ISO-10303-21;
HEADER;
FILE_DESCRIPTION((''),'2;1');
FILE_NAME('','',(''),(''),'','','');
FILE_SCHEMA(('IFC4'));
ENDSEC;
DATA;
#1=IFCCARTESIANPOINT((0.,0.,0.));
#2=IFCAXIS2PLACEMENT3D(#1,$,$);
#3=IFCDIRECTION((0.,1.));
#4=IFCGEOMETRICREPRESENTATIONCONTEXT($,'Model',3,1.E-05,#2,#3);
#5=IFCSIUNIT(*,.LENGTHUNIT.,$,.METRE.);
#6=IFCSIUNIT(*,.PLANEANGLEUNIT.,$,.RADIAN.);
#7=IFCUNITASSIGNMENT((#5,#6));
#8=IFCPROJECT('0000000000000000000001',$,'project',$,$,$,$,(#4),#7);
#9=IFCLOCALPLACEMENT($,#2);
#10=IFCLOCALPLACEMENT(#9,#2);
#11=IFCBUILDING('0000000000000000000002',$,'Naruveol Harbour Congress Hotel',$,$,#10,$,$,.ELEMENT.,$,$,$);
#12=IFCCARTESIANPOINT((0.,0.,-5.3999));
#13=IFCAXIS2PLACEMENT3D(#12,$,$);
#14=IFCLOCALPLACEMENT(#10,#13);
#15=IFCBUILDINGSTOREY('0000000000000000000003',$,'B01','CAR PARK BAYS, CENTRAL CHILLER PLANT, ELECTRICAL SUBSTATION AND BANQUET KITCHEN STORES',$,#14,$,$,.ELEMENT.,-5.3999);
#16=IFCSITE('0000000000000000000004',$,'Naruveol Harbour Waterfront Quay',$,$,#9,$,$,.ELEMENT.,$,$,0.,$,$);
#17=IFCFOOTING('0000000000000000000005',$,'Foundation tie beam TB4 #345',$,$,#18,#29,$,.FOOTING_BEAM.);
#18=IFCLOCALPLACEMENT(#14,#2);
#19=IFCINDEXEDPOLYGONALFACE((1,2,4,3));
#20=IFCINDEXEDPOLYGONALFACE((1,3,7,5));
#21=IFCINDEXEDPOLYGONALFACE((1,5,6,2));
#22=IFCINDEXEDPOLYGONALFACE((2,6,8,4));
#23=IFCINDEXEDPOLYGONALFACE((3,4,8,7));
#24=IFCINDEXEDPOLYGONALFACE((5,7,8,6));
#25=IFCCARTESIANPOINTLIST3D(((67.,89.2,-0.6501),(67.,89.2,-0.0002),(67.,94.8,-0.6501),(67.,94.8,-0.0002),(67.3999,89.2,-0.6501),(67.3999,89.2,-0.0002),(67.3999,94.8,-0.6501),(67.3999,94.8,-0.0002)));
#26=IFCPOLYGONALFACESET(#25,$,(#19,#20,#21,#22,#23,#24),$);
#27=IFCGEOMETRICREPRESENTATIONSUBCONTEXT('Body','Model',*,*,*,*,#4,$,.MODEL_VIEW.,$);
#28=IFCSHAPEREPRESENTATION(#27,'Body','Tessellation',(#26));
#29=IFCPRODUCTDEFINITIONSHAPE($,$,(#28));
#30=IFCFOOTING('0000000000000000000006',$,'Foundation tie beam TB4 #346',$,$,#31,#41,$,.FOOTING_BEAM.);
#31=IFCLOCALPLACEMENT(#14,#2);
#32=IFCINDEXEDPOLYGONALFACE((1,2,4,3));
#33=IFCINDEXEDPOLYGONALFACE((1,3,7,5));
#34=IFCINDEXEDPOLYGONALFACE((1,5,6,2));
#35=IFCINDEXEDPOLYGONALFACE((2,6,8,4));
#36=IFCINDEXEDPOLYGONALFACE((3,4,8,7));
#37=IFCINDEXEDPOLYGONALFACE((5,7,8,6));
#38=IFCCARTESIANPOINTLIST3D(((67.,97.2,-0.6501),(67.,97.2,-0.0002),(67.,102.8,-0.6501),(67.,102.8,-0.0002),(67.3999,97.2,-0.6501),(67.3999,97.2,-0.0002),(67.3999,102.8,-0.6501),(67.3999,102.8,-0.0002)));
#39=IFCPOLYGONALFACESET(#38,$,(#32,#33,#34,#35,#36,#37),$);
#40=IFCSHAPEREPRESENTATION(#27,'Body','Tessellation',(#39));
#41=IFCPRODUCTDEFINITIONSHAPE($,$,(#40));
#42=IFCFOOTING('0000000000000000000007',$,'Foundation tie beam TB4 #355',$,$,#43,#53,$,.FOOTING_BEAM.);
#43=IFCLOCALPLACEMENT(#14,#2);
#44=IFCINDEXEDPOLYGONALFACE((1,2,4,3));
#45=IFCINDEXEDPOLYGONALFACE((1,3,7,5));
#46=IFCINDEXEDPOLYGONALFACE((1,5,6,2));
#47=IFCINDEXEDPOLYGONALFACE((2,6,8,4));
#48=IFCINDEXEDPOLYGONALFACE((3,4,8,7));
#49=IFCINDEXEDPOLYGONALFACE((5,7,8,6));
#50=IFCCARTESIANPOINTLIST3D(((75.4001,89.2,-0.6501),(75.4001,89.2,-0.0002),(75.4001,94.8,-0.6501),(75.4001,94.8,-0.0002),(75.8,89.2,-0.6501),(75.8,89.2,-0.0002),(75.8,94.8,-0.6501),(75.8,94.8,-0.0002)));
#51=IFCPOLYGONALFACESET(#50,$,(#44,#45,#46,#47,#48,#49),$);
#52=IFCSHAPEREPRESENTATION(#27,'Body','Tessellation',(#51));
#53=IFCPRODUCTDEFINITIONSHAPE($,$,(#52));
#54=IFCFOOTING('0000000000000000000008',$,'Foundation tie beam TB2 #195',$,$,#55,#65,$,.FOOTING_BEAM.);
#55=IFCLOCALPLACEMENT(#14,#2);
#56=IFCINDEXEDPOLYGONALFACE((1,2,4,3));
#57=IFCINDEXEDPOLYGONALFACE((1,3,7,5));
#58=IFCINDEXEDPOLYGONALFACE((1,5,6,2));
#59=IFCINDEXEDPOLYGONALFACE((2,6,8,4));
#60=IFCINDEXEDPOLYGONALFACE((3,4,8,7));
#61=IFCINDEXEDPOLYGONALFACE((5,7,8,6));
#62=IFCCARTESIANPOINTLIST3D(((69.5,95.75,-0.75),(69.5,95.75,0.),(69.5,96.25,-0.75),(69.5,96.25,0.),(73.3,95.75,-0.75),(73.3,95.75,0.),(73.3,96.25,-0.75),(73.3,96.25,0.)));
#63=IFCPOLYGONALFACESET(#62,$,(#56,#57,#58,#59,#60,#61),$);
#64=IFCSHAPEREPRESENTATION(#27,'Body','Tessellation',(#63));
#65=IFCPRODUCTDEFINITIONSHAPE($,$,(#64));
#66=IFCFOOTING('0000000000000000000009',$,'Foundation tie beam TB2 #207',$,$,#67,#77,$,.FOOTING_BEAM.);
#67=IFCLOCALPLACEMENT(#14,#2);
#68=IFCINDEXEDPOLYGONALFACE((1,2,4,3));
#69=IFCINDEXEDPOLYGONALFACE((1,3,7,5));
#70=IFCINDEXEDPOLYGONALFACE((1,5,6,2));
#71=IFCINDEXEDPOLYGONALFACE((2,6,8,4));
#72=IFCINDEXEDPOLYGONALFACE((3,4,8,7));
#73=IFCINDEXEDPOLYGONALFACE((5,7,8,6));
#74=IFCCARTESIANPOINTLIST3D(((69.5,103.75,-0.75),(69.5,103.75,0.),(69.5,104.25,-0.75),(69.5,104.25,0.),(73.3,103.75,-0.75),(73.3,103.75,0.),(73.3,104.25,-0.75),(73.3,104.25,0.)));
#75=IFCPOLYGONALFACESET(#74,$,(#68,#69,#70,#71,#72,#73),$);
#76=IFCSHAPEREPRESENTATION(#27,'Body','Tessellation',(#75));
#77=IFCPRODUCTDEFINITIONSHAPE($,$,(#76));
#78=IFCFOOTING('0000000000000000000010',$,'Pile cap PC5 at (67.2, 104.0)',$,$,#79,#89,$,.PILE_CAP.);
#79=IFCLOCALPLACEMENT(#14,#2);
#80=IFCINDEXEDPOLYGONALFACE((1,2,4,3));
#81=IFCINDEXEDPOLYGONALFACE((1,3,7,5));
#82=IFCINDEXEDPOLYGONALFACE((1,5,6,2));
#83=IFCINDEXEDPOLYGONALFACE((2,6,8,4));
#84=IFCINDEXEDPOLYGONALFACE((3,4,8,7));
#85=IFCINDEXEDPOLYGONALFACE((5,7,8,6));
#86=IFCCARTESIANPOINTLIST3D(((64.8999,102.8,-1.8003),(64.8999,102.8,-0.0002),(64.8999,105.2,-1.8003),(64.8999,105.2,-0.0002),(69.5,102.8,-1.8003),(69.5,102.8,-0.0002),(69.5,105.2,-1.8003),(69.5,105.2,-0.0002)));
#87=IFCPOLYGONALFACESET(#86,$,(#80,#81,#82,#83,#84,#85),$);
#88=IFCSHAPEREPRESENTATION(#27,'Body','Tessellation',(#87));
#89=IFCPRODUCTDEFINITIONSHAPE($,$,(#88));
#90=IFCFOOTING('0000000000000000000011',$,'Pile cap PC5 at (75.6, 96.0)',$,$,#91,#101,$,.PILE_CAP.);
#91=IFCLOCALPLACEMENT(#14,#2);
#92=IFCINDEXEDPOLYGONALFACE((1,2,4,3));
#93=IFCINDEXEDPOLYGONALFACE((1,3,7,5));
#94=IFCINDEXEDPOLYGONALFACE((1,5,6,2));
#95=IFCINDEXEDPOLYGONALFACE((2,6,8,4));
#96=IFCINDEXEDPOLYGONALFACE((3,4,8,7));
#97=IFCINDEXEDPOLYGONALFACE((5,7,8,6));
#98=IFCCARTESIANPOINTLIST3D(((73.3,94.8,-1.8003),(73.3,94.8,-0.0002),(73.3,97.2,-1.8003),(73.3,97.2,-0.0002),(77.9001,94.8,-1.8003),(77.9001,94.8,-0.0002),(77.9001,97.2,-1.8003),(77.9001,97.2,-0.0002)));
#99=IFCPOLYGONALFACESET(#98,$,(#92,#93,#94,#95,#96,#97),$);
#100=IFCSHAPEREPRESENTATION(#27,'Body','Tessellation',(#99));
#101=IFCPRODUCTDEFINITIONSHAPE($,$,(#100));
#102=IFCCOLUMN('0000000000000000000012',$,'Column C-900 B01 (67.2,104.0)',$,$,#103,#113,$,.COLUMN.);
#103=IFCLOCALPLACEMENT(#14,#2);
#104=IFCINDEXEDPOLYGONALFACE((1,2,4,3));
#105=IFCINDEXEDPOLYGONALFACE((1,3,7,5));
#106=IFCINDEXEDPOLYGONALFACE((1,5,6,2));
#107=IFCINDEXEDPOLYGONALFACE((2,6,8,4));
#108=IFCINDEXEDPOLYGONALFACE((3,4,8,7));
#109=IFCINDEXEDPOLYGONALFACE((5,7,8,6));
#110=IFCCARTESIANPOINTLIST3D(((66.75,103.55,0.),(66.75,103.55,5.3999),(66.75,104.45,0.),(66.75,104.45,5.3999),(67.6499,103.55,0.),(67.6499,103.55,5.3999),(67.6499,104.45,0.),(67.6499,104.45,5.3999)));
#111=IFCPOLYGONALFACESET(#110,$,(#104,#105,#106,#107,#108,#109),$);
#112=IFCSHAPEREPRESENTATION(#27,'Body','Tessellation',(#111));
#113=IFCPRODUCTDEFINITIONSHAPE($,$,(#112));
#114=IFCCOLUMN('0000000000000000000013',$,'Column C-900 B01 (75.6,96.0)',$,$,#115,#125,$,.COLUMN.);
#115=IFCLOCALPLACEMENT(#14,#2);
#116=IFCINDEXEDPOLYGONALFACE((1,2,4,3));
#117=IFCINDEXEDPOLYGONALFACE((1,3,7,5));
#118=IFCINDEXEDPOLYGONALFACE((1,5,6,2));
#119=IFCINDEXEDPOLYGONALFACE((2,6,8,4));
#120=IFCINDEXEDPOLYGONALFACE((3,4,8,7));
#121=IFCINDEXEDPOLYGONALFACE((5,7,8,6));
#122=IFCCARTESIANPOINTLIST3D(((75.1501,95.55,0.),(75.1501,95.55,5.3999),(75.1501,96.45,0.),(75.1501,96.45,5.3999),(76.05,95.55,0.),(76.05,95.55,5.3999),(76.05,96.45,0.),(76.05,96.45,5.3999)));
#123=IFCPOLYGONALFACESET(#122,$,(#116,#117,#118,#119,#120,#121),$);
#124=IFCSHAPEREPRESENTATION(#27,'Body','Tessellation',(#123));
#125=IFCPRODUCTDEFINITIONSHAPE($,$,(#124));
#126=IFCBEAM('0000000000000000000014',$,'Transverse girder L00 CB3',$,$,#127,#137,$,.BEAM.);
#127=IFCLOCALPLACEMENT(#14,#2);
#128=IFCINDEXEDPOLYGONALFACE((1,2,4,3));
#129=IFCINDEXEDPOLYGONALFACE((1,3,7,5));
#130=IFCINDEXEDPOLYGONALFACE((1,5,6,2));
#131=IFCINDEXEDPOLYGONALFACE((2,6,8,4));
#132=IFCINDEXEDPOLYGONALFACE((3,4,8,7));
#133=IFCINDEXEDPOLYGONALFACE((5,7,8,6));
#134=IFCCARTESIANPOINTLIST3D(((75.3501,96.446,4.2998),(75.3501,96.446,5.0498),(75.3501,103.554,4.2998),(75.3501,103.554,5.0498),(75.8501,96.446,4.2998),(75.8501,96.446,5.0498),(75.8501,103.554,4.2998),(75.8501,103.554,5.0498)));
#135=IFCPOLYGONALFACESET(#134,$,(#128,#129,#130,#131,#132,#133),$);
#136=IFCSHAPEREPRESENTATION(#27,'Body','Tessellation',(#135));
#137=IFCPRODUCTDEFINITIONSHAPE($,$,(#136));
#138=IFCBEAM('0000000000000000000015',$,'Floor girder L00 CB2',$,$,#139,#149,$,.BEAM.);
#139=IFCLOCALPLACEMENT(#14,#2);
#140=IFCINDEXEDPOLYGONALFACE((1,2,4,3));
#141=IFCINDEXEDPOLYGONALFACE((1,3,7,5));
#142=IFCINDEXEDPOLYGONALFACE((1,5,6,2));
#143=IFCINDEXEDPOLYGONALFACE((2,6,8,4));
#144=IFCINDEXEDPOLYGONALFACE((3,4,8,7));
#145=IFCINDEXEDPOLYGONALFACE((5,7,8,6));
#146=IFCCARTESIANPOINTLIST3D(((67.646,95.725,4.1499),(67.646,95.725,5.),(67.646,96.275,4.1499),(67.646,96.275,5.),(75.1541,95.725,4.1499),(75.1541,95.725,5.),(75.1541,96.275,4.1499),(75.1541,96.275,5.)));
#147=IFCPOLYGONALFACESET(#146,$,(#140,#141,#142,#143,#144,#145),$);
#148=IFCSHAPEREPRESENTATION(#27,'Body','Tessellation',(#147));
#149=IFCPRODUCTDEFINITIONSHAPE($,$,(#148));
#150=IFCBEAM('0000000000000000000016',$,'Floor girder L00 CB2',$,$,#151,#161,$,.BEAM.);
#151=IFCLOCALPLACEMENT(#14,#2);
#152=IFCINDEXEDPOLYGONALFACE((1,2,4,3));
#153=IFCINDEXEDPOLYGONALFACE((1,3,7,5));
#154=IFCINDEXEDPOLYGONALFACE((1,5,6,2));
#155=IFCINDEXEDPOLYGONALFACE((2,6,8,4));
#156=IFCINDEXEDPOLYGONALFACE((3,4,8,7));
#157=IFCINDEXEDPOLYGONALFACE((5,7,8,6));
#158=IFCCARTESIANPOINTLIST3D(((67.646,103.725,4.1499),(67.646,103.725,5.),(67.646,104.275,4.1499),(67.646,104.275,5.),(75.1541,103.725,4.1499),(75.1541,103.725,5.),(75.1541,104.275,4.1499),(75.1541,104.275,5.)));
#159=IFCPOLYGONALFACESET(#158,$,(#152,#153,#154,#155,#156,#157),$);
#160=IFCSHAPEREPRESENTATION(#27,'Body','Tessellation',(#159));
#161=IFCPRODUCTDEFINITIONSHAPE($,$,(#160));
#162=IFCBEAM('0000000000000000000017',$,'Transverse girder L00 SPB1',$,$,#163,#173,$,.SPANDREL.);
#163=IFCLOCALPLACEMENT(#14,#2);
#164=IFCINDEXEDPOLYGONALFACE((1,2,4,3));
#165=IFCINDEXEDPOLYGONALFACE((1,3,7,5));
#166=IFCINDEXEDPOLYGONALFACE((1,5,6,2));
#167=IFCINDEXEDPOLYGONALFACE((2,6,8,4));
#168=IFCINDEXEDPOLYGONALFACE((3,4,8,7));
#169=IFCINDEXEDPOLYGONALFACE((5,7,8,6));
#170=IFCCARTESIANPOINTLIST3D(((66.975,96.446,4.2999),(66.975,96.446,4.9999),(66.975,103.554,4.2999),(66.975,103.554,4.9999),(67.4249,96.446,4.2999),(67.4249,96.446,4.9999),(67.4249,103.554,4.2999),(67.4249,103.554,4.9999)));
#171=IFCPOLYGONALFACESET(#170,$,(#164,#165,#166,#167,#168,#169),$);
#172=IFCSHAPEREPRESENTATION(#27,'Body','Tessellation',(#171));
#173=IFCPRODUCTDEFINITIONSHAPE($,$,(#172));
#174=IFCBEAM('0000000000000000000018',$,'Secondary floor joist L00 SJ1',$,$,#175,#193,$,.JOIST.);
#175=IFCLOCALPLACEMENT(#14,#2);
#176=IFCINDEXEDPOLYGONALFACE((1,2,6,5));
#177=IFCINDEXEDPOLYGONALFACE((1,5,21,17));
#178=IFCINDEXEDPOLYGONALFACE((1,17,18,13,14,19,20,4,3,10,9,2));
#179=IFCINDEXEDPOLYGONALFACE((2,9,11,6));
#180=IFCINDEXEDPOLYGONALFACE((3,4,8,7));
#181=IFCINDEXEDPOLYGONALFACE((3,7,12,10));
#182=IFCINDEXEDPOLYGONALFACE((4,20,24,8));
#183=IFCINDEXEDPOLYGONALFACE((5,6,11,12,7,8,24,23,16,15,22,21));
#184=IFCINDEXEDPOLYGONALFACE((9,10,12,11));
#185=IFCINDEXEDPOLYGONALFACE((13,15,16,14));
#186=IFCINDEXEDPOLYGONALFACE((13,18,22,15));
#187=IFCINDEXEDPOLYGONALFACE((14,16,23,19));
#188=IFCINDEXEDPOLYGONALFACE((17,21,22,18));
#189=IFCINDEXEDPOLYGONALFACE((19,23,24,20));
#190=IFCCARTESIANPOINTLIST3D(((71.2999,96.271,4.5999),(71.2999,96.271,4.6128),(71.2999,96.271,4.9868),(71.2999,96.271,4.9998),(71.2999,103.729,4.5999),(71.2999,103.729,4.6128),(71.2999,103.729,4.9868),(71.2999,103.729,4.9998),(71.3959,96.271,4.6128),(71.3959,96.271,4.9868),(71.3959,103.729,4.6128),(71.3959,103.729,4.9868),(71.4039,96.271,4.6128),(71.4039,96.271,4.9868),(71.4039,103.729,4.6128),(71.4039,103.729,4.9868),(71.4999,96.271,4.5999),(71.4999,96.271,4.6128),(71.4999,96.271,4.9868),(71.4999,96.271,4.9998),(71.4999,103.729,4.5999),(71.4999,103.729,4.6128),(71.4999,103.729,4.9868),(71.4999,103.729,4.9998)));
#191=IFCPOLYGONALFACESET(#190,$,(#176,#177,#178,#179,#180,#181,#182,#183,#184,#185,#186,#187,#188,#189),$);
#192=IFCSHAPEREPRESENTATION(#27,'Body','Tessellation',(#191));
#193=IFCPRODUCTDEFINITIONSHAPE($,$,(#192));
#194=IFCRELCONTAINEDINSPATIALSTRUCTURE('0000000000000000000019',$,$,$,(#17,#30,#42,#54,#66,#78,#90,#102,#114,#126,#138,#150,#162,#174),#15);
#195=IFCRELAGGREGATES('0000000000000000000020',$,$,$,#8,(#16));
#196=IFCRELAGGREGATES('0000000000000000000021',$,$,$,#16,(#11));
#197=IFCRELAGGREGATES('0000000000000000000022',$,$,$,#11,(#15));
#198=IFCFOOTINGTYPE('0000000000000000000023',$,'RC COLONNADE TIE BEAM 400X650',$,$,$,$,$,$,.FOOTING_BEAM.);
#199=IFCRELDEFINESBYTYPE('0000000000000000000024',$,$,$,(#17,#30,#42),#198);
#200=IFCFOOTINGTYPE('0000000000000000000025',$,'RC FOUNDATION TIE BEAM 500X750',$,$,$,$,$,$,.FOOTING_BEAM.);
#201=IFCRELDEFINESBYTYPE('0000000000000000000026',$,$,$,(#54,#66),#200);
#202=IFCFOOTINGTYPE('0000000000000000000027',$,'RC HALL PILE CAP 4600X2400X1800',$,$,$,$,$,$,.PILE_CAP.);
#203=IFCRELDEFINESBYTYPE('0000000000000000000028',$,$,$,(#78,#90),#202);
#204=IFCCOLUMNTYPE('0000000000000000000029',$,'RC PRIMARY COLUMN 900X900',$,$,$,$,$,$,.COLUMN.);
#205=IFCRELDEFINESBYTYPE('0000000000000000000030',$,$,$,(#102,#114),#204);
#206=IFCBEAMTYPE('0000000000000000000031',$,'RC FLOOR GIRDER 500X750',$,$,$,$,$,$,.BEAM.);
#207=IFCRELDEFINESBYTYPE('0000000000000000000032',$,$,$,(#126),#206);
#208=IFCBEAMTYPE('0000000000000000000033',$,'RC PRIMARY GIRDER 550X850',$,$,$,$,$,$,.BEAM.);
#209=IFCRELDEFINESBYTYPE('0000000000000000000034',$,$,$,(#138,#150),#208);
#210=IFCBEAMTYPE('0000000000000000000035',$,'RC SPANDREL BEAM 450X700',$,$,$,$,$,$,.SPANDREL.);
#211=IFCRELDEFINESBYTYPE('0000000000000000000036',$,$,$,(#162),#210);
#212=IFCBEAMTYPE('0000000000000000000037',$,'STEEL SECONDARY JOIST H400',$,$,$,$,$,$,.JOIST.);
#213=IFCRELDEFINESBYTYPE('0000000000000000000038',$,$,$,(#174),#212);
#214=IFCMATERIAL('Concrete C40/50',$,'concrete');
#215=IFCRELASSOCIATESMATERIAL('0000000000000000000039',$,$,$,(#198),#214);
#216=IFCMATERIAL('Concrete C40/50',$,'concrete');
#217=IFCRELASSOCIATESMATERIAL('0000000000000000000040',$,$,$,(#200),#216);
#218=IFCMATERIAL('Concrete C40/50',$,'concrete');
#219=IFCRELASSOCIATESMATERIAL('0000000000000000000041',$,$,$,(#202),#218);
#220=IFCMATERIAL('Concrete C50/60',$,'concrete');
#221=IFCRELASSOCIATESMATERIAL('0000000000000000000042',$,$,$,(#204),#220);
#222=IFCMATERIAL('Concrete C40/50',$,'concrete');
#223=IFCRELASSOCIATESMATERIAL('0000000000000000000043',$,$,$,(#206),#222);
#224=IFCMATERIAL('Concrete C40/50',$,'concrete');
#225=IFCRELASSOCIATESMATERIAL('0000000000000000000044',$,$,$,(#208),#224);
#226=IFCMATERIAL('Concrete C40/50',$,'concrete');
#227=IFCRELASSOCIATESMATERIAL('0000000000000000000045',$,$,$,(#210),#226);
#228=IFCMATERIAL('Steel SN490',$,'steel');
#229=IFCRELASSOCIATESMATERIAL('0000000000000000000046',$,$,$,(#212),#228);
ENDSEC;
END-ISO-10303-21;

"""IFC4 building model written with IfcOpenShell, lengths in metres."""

from ifc_helpers import new_model, si_unit, direction, frame, origin, origin_2d, place, context, subcontext, project, spatial, rectangle, i_section, extrude, material, material_profile, profile_set, type_object, element, save


model = new_model("IFC4")

# Units and contexts
model_context = context("Model", 3, precision=1e-05, world=origin(), true_north=direction((0.0, 1.0)))
body_context = subcontext(model_context, "Body", "Model", "MODEL_VIEW")
ifc_project = project(units=[si_unit("LENGTHUNIT", "METRE"), si_unit("PLANEANGLEUNIT", "RADIAN")], contexts=[model_context])

# Site, building, storey
site_placement = place(None, origin())
site = spatial("IfcSite", under=ifc_project, at=site_placement, Name="Naruveol Harbour Waterfront Quay", CompositionType="ELEMENT", RefElevation=0.0)
building_placement = place(site_placement, origin())
building = spatial("IfcBuilding", under=site, at=building_placement, Name="Naruveol Harbour Congress Hotel", CompositionType="ELEMENT")
storey_placement = place(building_placement, frame((0.0, 0.0, -5.3999)))
storey = spatial("IfcBuildingStorey", under=building, at=storey_placement, Name="B01", Description="CAR PARK BAYS, CENTRAL CHILLER PLANT, ELECTRICAL SUBSTATION AND BANQUET KITCHEN STORES", CompositionType="ELEMENT", Elevation=-5.3999)

# Footings
ifc_material_1 = material(Name="Concrete C40/50", Category="concrete")
ifc_material_profile_1 = material_profile(ifc_material_1, rectangle(XDim=0.3999, YDim=0.6499, at=origin_2d()), Name="RCB-400x650")
ifc_profile_set_1 = profile_set([ifc_material_profile_1], Name="Concrete C40/50")
footing_type_1 = type_object("IfcFootingType", Name="RC COLONNADE TIE BEAM 400X650", PredefinedType="FOOTING_BEAM", material=ifc_profile_set_1)
for number, where, z_axis, x_axis, name in (
    (1, (67.2, 89.2, -0.3252), (0.0, 1.0, 0.0), (-1.0, 0.0, 0.0), "Foundation tie beam TB4 #345"),
    (2, (67.2, 97.2, -0.3252), (0.0, 1.0, 0.0), (-1.0, 0.0, 0.0), "Foundation tie beam TB4 #346"),
    (3, (75.6001, 89.2, -0.3252), (0.0, 1.0, 0.0), (-1.0, 0.0, 0.0), "Foundation tie beam TB4 #355"),
):
    element("IfcFooting", number, at=place(storey_placement, frame(where, z_axis=z_axis, x_axis=x_axis)), inside=storey, type_object=footing_type_1, Name=name, PredefinedType="FOOTING_BEAM", context=body_context, shape_type="SweptSolid", body=[
        extrude(rectangle(XDim=0.3999, YDim=0.6499, at=origin_2d()), origin(), (0.0, 0.0, 1.0), 5.6001),
    ])
ifc_material_2 = material(Name="Concrete C40/50", Category="concrete")
ifc_material_profile_2 = material_profile(ifc_material_2, rectangle(XDim=0.5, YDim=0.75, at=origin_2d()), Name="RCB-500x750")
ifc_profile_set_2 = profile_set([ifc_material_profile_2], Name="Concrete C40/50")
footing_type_2 = type_object("IfcFootingType", Name="RC FOUNDATION TIE BEAM 500X750", PredefinedType="FOOTING_BEAM", material=ifc_profile_set_2)
for number, where, z_axis, x_axis, name in (
    (4, (69.5, 96.0, -0.375), (1.0, 0.0, 0.0), (0.0, 1.0, 0.0), "Foundation tie beam TB2 #195"),
    (5, (69.5, 104.0, -0.375), (1.0, 0.0, 0.0), (0.0, 1.0, 0.0), "Foundation tie beam TB2 #207"),
):
    element("IfcFooting", number, at=place(storey_placement, frame(where, z_axis=z_axis, x_axis=x_axis)), inside=storey, type_object=footing_type_2, Name=name, PredefinedType="FOOTING_BEAM", context=body_context, shape_type="SweptSolid", body=[
        extrude(rectangle(XDim=0.5, YDim=0.75, at=origin_2d()), origin(), (0.0, 0.0, 1.0), 3.8),
    ])
ifc_material_3 = material(Name="Concrete C40/50", Category="concrete")
footing_type_3 = type_object("IfcFootingType", Name="RC HALL PILE CAP 4600X2400X1800", PredefinedType="PILE_CAP", material=ifc_material_3)
for number, where, z_axis, x_axis, name in (
    (6, (67.2, 104.0, -1.8003), (0.0, 0.0, 1.0), (1.0, 0.0, 0.0), "Pile cap PC5 at (67.2, 104.0)"),
    (7, (75.6001, 96.0, -1.8003), (0.0, 0.0, 1.0), (1.0, 0.0, 0.0), "Pile cap PC5 at (75.6, 96.0)"),
):
    element("IfcFooting", number, at=place(storey_placement, frame(where, z_axis=z_axis, x_axis=x_axis)), inside=storey, type_object=footing_type_3, Name=name, PredefinedType="PILE_CAP", context=body_context, shape_type="SweptSolid", body=[
        extrude(rectangle(XDim=4.6001, YDim=2.3999, at=origin_2d()), origin(), (0.0, 0.0, 1.0), 1.8),
    ])

# Columns
ifc_material_4 = material(Name="Concrete C50/60", Category="concrete")
ifc_material_profile_3 = material_profile(ifc_material_4, rectangle(XDim=0.8999, YDim=0.8999, at=origin_2d()), Name="RC-900x900")
ifc_profile_set_3 = profile_set([ifc_material_profile_3], Name="Concrete C50/60")
column_type = type_object("IfcColumnType", Name="RC PRIMARY COLUMN 900X900", PredefinedType="COLUMN", material=ifc_profile_set_3)
for number, where, z_axis, x_axis, name in (
    (8, (67.2, 104.0, 0.0), (0.0, 0.0, 1.0), (1.0, 0.0, 0.0), "Column C-900 B01 (67.2,104.0)"),
    (9, (75.6001, 96.0, 0.0), (0.0, 0.0, 1.0), (1.0, 0.0, 0.0), "Column C-900 B01 (75.6,96.0)"),
):
    element("IfcColumn", number, at=place(storey_placement, frame(where, z_axis=z_axis, x_axis=x_axis)), inside=storey, type_object=column_type, Name=name, PredefinedType="COLUMN", context=body_context, shape_type="SweptSolid", body=[
        extrude(rectangle(XDim=0.8999, YDim=0.8999, at=origin_2d()), origin(), (0.0, 0.0, 1.0), 5.3999),
    ])

# Beams
ifc_material_5 = material(Name="Concrete C40/50", Category="concrete")
ifc_material_profile_4 = material_profile(ifc_material_5, rectangle(XDim=0.5, YDim=0.75, at=origin_2d()), Name="RCB-500x750")
ifc_profile_set_4 = profile_set([ifc_material_profile_4], Name="Concrete C40/50")
beam_type_1 = type_object("IfcBeamType", Name="RC FLOOR GIRDER 500X750", PredefinedType="BEAM", material=ifc_profile_set_4)
beam_1_placement = place(storey_placement, frame((75.6001, 96.446, 4.6748), z_axis=(0.0, 1.0, 0.0), x_axis=(-1.0, 0.0, 0.0)))
element("IfcBeam", 10, at=beam_1_placement, inside=storey, type_object=beam_type_1, Name="Transverse girder L00 CB3", PredefinedType="BEAM", context=body_context, shape_type="SweptSolid", body=[
    extrude(rectangle(XDim=0.5, YDim=0.75, at=origin_2d()), origin(), (0.0, 0.0, 1.0), 7.1079),
])
ifc_material_6 = material(Name="Concrete C40/50", Category="concrete")
ifc_material_profile_5 = material_profile(ifc_material_6, rectangle(XDim=0.55, YDim=0.8501, at=origin_2d()), Name="RCB-550x850")
ifc_profile_set_5 = profile_set([ifc_material_profile_5], Name="Concrete C40/50")
beam_type_2 = type_object("IfcBeamType", Name="RC PRIMARY GIRDER 550X850", PredefinedType="BEAM", material=ifc_profile_set_5)
for number, where, z_axis, x_axis, name in (
    (11, (67.646, 96.0, 4.575), (1.0, 0.0, 0.0), (0.0, 1.0, 0.0), "Floor girder L00 CB2"),
    (12, (67.646, 104.0, 4.575), (1.0, 0.0, 0.0), (0.0, 1.0, 0.0), "Floor girder L00 CB2"),
):
    element("IfcBeam", number, at=place(storey_placement, frame(where, z_axis=z_axis, x_axis=x_axis)), inside=storey, type_object=beam_type_2, Name=name, PredefinedType="BEAM", context=body_context, shape_type="SweptSolid", body=[
        extrude(rectangle(XDim=0.55, YDim=0.8501, at=origin_2d()), origin(), (0.0, 0.0, 1.0), 7.5081),
    ])
ifc_material_7 = material(Name="Concrete C40/50", Category="concrete")
ifc_material_profile_6 = material_profile(ifc_material_7, rectangle(XDim=0.45, YDim=0.7, at=origin_2d()), Name="RCB-450x700")
ifc_profile_set_6 = profile_set([ifc_material_profile_6], Name="Concrete C40/50")
beam_type_3 = type_object("IfcBeamType", Name="RC SPANDREL BEAM 450X700", PredefinedType="SPANDREL", material=ifc_profile_set_6)
beam_2_placement = place(storey_placement, frame((67.2, 96.446, 4.6499), z_axis=(0.0, 1.0, 0.0), x_axis=(-1.0, 0.0, 0.0)))
element("IfcBeam", 13, at=beam_2_placement, inside=storey, type_object=beam_type_3, Name="Transverse girder L00 SPB1", PredefinedType="SPANDREL", context=body_context, shape_type="SweptSolid", body=[
    extrude(rectangle(XDim=0.45, YDim=0.7, at=origin_2d()), origin(), (0.0, 0.0, 1.0), 7.1079),
])
ifc_material_8 = material(Name="Steel SN490", Category="steel")
ifc_material_profile_7 = material_profile(ifc_material_8, i_section(OverallWidth=0.2, OverallDepth=0.3999, WebThickness=0.0081, FlangeThickness=0.0129, at=origin_2d()), Name="H-400x200x8x13")
ifc_profile_set_7 = profile_set([ifc_material_profile_7], Name="Steel SN490")
beam_type_4 = type_object("IfcBeamType", Name="STEEL SECONDARY JOIST H400", PredefinedType="JOIST", material=ifc_profile_set_7)
beam_3_placement = place(storey_placement, frame((71.3999, 96.271, 4.7998), z_axis=(0.0, 1.0, 0.0), x_axis=(-1.0, 0.0, 0.0)))
element("IfcBeam", 14, at=beam_3_placement, inside=storey, type_object=beam_type_4, Name="Secondary floor joist L00 SJ1", PredefinedType="JOIST", context=body_context, shape_type="SweptSolid", body=[
    extrude(i_section(OverallWidth=0.2, OverallDepth=0.3999, WebThickness=0.0081, FlangeThickness=0.0129, at=origin_2d()), origin(), (0.0, 0.0, 1.0), 7.458),
])

save(model, "model.ifc")
